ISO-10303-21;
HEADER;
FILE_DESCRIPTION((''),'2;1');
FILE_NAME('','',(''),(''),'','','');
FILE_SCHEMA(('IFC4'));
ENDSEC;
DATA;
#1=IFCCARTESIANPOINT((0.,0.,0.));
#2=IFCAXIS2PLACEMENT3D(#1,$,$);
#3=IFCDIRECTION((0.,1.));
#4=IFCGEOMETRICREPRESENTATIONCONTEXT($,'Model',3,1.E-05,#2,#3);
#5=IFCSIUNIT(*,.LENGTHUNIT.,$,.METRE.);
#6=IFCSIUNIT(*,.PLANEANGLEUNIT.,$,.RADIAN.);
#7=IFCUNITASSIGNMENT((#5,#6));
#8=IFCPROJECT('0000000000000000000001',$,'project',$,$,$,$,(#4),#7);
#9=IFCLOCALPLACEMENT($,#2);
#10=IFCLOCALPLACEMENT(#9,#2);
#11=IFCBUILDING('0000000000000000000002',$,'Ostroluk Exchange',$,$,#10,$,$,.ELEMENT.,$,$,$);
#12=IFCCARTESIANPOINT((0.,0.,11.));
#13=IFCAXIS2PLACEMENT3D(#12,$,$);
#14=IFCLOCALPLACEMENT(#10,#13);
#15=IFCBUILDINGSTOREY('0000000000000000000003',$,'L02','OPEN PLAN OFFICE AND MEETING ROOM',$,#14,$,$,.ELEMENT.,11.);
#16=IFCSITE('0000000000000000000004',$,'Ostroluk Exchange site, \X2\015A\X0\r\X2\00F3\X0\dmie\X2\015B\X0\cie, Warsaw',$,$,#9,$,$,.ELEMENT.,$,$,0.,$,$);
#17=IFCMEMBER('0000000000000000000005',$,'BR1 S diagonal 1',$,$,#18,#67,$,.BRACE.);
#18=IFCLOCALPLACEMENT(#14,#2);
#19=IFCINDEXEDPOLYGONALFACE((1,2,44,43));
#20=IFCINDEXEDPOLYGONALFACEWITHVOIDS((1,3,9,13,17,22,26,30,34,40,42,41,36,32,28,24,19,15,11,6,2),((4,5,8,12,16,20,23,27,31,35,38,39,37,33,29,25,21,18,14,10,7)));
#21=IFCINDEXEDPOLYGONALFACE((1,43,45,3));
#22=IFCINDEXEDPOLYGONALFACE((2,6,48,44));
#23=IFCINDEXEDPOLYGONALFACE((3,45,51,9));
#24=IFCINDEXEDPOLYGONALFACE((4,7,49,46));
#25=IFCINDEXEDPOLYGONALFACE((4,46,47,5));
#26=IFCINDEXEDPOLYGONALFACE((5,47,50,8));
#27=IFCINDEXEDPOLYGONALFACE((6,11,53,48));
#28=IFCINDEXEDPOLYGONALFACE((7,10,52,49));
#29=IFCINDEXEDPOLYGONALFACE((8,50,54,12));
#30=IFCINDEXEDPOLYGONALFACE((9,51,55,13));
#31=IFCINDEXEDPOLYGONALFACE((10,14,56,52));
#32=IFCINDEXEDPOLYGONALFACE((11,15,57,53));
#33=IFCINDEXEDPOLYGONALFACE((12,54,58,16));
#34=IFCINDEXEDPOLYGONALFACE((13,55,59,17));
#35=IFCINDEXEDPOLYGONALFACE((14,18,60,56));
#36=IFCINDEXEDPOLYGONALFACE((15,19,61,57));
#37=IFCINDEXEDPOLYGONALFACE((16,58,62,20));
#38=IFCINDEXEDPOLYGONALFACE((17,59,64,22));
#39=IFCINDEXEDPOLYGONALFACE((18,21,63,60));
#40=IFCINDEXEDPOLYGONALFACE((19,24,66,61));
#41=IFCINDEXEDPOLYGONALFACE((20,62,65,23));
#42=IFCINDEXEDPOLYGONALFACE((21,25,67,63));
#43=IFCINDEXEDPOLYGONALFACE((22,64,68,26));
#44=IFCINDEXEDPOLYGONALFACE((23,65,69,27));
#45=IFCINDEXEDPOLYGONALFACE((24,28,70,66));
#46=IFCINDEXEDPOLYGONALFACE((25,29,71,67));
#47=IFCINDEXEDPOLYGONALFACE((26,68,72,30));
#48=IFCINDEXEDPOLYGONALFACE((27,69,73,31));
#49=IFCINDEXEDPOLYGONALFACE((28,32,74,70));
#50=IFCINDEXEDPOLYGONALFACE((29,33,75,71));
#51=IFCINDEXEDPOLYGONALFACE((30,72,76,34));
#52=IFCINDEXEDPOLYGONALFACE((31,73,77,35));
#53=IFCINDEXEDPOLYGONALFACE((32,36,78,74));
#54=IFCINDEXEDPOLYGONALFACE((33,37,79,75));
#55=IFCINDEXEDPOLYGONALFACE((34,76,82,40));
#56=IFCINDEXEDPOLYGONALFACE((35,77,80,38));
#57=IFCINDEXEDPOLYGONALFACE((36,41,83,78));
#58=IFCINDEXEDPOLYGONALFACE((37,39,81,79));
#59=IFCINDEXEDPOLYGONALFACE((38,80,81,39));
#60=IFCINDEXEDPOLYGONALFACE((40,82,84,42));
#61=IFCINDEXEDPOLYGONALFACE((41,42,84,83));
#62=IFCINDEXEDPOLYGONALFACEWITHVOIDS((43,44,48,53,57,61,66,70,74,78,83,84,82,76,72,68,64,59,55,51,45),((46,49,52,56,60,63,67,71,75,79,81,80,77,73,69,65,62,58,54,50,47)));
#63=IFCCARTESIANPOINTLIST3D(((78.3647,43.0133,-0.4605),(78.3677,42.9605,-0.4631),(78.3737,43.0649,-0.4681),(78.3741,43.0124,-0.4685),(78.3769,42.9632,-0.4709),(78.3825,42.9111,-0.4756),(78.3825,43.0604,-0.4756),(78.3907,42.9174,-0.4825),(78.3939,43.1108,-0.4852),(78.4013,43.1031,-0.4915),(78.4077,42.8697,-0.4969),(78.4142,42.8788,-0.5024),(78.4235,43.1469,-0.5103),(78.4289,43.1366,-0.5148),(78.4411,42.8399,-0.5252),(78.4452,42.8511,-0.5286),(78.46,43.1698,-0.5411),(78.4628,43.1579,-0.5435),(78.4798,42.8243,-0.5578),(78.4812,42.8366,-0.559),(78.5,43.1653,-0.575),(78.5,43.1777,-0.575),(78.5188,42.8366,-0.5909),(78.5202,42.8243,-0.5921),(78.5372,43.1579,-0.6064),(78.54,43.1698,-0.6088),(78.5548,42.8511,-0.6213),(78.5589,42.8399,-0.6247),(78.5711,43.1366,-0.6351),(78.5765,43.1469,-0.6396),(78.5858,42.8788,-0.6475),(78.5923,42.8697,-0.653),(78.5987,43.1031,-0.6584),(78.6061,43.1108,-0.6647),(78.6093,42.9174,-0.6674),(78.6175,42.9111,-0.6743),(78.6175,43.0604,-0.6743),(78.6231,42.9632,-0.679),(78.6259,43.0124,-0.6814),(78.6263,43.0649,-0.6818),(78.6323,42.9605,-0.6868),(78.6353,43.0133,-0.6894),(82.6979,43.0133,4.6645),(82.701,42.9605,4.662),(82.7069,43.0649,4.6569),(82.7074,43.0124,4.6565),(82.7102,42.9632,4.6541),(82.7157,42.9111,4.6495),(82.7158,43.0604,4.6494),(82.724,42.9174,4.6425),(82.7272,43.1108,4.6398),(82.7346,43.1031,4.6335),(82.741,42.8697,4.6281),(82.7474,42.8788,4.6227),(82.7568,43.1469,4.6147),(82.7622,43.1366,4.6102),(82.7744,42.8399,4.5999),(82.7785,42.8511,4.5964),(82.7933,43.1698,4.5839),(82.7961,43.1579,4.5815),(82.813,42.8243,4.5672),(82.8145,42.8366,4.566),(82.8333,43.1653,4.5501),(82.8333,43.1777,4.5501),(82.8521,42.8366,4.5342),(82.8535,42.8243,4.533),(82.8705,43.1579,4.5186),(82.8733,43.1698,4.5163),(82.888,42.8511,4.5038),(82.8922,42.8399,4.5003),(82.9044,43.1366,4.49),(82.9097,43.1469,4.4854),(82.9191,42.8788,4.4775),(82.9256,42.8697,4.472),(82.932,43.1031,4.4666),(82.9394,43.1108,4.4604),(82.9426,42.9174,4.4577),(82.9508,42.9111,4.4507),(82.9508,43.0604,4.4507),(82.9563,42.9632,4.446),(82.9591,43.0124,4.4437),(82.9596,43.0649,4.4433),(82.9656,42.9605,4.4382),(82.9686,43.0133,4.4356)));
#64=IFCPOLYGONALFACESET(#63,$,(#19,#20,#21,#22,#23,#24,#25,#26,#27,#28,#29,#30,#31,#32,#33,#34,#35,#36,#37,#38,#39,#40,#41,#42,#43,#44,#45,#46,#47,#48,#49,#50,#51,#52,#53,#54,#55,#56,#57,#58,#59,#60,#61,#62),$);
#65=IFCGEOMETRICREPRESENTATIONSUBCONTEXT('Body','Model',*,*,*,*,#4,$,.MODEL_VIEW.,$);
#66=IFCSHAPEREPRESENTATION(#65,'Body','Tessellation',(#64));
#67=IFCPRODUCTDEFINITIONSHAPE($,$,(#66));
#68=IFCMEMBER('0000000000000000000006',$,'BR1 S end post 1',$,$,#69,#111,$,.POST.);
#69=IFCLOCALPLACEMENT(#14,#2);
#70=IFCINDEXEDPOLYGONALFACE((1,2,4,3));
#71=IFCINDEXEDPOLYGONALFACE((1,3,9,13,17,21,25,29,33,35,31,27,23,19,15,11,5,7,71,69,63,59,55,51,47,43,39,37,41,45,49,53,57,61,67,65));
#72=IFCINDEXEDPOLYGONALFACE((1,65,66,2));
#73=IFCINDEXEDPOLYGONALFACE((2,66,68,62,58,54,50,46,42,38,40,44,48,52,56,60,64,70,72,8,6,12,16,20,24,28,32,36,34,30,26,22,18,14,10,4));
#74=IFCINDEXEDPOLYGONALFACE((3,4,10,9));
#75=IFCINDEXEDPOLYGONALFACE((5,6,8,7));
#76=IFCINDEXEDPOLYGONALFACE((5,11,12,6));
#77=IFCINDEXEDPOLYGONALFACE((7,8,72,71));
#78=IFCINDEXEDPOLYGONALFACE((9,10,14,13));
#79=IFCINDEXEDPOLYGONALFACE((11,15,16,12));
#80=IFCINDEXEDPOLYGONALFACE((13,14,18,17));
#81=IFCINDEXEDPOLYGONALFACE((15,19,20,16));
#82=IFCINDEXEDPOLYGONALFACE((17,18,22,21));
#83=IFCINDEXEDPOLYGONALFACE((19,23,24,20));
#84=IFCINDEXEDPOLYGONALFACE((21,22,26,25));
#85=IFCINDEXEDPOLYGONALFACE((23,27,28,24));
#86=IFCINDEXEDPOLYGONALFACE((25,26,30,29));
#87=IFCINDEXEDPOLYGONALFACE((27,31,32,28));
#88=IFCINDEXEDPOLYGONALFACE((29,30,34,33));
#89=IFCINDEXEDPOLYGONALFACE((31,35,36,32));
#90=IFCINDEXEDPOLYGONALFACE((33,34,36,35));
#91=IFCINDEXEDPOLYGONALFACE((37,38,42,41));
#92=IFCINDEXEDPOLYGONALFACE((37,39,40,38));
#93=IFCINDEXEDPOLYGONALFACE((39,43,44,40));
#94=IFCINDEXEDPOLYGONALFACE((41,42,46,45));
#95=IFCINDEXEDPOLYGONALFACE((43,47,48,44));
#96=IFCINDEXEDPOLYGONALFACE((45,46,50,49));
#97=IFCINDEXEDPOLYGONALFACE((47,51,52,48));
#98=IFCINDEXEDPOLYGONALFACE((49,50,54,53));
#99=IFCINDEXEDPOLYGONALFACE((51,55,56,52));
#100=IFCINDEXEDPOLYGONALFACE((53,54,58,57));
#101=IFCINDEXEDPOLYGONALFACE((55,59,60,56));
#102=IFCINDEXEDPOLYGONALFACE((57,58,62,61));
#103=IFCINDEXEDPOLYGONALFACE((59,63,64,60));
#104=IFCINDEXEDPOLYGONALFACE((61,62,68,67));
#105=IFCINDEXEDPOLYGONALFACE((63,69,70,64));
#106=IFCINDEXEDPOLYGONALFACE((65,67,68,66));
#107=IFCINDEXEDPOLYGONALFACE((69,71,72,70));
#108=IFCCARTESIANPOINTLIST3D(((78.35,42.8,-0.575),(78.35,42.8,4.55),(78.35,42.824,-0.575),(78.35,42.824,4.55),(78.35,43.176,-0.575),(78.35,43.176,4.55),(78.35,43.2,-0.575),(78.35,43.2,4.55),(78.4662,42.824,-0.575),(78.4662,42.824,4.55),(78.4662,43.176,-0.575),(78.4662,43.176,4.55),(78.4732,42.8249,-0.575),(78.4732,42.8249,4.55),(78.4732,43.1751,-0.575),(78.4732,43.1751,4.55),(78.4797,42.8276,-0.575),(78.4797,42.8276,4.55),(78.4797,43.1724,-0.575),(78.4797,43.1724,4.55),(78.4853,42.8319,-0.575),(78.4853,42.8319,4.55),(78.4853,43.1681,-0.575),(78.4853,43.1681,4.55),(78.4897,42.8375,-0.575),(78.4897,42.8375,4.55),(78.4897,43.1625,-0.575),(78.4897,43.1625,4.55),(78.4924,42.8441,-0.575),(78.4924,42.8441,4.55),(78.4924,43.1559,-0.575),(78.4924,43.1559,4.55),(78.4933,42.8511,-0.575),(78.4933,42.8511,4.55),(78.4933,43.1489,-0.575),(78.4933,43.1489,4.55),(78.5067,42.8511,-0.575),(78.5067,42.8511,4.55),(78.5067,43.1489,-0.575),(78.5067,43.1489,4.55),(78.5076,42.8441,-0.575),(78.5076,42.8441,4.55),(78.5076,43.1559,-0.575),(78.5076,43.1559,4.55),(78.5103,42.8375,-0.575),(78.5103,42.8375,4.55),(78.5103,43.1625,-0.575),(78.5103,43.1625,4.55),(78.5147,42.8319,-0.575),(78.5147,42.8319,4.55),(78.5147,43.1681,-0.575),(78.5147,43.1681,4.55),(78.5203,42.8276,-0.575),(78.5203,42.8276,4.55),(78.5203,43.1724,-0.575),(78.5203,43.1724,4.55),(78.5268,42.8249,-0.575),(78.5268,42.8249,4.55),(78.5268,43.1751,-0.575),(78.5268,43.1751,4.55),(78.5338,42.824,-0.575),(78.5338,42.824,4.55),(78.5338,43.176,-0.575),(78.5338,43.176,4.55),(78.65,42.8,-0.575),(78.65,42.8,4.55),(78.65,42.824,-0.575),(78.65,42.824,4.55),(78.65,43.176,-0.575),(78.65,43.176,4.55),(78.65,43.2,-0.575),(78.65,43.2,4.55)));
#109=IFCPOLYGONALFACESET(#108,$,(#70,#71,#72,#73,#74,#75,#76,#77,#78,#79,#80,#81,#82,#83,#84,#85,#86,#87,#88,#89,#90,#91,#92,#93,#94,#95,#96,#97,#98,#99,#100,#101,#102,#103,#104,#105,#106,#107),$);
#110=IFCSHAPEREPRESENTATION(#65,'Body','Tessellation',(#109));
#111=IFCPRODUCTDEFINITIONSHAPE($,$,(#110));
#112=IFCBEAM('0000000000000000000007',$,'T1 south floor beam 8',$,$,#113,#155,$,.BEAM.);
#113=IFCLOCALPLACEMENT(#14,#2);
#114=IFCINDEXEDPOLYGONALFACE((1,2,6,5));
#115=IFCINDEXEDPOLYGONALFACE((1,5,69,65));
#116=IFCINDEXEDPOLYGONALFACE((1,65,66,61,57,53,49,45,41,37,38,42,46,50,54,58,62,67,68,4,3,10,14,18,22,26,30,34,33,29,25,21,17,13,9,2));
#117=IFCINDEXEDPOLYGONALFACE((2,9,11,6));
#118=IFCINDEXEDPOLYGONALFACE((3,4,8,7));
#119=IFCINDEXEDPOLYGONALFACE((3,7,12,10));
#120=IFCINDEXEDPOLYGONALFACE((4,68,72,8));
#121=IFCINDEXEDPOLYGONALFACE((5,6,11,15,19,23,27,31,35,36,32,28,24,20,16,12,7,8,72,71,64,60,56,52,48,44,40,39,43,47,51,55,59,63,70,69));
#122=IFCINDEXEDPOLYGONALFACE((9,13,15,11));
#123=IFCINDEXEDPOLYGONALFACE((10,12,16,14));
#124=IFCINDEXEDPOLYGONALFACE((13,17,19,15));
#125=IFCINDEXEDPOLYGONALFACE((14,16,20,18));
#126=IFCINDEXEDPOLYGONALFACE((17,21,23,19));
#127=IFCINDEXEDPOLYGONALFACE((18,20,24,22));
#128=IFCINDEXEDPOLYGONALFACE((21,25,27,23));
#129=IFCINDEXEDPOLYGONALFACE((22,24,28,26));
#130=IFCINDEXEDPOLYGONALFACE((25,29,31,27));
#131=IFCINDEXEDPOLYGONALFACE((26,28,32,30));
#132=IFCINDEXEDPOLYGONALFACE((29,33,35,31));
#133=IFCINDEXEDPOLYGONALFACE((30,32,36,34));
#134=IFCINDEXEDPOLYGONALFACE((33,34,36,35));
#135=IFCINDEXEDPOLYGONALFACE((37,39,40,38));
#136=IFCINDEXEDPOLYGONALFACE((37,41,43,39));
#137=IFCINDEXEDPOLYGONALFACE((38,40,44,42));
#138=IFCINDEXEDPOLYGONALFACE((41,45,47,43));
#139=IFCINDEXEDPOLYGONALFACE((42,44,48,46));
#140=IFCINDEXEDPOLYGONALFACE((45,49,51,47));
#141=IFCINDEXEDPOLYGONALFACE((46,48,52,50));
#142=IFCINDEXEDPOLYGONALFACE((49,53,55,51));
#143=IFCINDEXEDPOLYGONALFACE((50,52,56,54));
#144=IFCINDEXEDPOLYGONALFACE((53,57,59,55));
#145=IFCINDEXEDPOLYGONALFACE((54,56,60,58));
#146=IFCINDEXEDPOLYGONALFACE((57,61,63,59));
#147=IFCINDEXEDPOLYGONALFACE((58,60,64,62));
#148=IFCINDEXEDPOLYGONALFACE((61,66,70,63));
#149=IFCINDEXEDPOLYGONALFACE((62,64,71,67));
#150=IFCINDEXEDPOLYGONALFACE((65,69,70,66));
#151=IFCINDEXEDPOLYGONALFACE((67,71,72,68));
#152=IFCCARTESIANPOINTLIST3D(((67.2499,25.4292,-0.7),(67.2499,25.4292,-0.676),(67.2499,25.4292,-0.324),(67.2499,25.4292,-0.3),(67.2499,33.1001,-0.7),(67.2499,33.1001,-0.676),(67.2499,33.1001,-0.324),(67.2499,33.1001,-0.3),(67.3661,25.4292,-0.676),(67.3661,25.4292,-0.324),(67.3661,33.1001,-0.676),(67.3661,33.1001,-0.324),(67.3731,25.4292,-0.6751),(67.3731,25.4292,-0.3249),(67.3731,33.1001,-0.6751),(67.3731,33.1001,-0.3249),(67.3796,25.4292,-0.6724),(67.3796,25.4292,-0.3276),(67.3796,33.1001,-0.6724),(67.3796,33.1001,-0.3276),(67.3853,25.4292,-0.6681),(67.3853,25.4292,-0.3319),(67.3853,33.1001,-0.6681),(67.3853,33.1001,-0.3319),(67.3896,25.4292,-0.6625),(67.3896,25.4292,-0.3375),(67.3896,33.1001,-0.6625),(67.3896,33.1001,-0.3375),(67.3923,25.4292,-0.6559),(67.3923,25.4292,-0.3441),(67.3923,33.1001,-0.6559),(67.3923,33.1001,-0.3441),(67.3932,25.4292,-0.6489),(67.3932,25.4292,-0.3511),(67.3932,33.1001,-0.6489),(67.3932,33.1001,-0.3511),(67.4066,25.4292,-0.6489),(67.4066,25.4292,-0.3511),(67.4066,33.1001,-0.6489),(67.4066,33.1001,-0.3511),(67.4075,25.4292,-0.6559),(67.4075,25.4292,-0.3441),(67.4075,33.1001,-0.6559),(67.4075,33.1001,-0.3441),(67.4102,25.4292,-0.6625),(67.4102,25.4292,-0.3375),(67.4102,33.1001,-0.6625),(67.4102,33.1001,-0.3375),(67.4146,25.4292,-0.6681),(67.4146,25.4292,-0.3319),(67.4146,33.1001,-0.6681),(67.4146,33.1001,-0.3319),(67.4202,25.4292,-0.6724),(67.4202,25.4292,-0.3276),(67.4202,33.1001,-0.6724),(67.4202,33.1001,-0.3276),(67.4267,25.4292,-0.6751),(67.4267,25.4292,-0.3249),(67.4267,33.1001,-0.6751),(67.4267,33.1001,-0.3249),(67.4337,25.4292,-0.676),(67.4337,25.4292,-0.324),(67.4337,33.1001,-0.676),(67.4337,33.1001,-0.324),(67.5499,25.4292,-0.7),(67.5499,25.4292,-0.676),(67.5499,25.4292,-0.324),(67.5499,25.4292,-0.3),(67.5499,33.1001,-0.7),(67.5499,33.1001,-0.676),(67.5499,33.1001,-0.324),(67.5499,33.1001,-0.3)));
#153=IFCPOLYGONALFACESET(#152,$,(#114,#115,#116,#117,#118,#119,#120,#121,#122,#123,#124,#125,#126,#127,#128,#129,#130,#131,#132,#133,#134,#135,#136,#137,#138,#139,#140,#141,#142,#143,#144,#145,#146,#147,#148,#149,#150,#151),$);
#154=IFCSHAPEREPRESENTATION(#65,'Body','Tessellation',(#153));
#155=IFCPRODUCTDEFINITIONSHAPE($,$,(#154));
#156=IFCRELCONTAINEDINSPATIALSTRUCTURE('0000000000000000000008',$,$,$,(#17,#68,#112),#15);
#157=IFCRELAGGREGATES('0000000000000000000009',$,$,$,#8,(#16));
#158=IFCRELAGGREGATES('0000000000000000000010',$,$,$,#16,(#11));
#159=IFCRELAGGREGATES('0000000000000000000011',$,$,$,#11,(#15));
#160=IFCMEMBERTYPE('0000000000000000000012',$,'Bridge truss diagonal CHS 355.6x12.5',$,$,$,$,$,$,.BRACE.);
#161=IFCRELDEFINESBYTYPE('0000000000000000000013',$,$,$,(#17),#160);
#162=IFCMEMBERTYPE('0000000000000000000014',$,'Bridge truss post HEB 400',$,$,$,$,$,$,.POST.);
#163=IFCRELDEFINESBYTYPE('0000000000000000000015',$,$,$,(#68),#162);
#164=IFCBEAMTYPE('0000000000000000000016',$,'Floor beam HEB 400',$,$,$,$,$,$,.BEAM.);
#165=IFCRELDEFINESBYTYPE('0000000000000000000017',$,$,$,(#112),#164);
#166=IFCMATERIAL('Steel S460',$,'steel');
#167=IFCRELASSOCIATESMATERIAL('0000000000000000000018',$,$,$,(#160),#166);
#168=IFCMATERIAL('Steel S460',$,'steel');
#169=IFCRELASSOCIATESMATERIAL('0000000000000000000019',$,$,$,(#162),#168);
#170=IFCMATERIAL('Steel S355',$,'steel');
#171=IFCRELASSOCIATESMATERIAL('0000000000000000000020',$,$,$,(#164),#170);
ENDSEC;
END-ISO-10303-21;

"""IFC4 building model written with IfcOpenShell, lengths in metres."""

from ifc_helpers import new_model, si_unit, direction, frame, origin, origin_2d, place, context, subcontext, project, spatial, hollow_circle, i_section, extrude, material, material_profile, profile_set, type_object, element, save


model = new_model("IFC4")

# Units and contexts
model_context = context("Model", 3, precision=1e-05, world=origin(), true_north=direction((0.0, 1.0)))
body_context = subcontext(model_context, "Body", "Model", "MODEL_VIEW")
ifc_project = project(units=[si_unit("LENGTHUNIT", "METRE"), si_unit("PLANEANGLEUNIT", "RADIAN")], contexts=[model_context])

# Site, building, storey
site_placement = place(None, origin())
site = spatial("IfcSite", under=ifc_project, at=site_placement, Name="Ostroluk Exchange site, Śródmieście, Warsaw", CompositionType="ELEMENT", RefElevation=0.0)
building_placement = place(site_placement, origin())
building = spatial("IfcBuilding", under=site, at=building_placement, Name="Ostroluk Exchange", CompositionType="ELEMENT")
storey_placement = place(building_placement, frame((0.0, 0.0, 11.0)))
storey = spatial("IfcBuildingStorey", under=building, at=storey_placement, Name="L02", Description="OPEN PLAN OFFICE AND MEETING ROOM", CompositionType="ELEMENT", Elevation=11.0)

# Members
ifc_material_1 = material(Name="Steel S460", Category="steel")
ifc_material_profile_1 = material_profile(ifc_material_1, hollow_circle(Radius=0.1777, WallThickness=0.0125, at=origin_2d()), Name="CHS 355.6x12.5")
ifc_profile_set_1 = profile_set([ifc_material_profile_1], Name="Steel S460")
member_type_1 = type_object("IfcMemberType", Name="Bridge truss diagonal CHS 355.6x12.5", PredefinedType="BRACE", material=ifc_profile_set_1)
member_1_placement = place(storey_placement, frame((78.5, 43.0, -0.575), z_axis=(0.645657, 0.0, 0.763628), x_axis=(0.0, 1.0, 0.0)))
element("IfcMember", 1, at=member_1_placement, inside=storey, type_object=member_type_1, Name="BR1 S diagonal 1", PredefinedType="BRACE", context=body_context, shape_type="SweptSolid", body=[
    extrude(hollow_circle(Radius=0.1777, WallThickness=0.0125, at=origin_2d()), origin(), (0.0, 0.0, 1.0), 6.7114),
])
ifc_material_2 = material(Name="Steel S460", Category="steel")
ifc_material_profile_2 = material_profile(ifc_material_2, i_section(OverallWidth=0.3, OverallDepth=0.3999, WebThickness=0.0134, FlangeThickness=0.0239, FilletRadius=0.0271, at=origin_2d()), Name="HEB 400")
ifc_profile_set_2 = profile_set([ifc_material_profile_2], Name="Steel S460")
member_type_2 = type_object("IfcMemberType", Name="Bridge truss post HEB 400", PredefinedType="POST", material=ifc_profile_set_2)
member_2_placement = place(storey_placement, frame((78.5, 43.0, -0.575), z_axis=(0.0, 0.0, 1.0), x_axis=(1.0, 0.0, 0.0)))
element("IfcMember", 2, at=member_2_placement, inside=storey, type_object=member_type_2, Name="BR1 S end post 1", PredefinedType="POST", context=body_context, shape_type="SweptSolid", body=[
    extrude(i_section(OverallWidth=0.3, OverallDepth=0.3999, WebThickness=0.0134, FlangeThickness=0.0239, FilletRadius=0.0271, at=origin_2d()), origin(), (0.0, 0.0, 1.0), 5.125),
])

# Beam
ifc_material_3 = material(Name="Steel S355", Category="steel")
ifc_material_profile_3 = material_profile(ifc_material_3, i_section(OverallWidth=0.3, OverallDepth=0.3999, WebThickness=0.0134, FlangeThickness=0.0239, FilletRadius=0.0271, at=origin_2d()), Name="HEB 400")
ifc_profile_set_3 = profile_set([ifc_material_profile_3], Name="Steel S355")
beam_type_1 = type_object("IfcBeamType", Name="Floor beam HEB 400", PredefinedType="BEAM", material=ifc_profile_set_3)
beam_1_placement = place(storey_placement, frame((67.3999, 33.1001, -0.5), z_axis=(0.0, -1.0, 0.0), x_axis=(1.0, 0.0, 0.0)))
element("IfcBeam", 3, at=beam_1_placement, inside=storey, type_object=beam_type_1, Name="T1 south floor beam 8", PredefinedType="BEAM", context=body_context, shape_type="SweptSolid", body=[
    extrude(i_section(OverallWidth=0.3, OverallDepth=0.3999, WebThickness=0.0134, FlangeThickness=0.0239, FilletRadius=0.0271, at=origin_2d()), origin(), (0.0, 0.0, 1.0), 7.6709),
])

save(model, "model.ifc")
